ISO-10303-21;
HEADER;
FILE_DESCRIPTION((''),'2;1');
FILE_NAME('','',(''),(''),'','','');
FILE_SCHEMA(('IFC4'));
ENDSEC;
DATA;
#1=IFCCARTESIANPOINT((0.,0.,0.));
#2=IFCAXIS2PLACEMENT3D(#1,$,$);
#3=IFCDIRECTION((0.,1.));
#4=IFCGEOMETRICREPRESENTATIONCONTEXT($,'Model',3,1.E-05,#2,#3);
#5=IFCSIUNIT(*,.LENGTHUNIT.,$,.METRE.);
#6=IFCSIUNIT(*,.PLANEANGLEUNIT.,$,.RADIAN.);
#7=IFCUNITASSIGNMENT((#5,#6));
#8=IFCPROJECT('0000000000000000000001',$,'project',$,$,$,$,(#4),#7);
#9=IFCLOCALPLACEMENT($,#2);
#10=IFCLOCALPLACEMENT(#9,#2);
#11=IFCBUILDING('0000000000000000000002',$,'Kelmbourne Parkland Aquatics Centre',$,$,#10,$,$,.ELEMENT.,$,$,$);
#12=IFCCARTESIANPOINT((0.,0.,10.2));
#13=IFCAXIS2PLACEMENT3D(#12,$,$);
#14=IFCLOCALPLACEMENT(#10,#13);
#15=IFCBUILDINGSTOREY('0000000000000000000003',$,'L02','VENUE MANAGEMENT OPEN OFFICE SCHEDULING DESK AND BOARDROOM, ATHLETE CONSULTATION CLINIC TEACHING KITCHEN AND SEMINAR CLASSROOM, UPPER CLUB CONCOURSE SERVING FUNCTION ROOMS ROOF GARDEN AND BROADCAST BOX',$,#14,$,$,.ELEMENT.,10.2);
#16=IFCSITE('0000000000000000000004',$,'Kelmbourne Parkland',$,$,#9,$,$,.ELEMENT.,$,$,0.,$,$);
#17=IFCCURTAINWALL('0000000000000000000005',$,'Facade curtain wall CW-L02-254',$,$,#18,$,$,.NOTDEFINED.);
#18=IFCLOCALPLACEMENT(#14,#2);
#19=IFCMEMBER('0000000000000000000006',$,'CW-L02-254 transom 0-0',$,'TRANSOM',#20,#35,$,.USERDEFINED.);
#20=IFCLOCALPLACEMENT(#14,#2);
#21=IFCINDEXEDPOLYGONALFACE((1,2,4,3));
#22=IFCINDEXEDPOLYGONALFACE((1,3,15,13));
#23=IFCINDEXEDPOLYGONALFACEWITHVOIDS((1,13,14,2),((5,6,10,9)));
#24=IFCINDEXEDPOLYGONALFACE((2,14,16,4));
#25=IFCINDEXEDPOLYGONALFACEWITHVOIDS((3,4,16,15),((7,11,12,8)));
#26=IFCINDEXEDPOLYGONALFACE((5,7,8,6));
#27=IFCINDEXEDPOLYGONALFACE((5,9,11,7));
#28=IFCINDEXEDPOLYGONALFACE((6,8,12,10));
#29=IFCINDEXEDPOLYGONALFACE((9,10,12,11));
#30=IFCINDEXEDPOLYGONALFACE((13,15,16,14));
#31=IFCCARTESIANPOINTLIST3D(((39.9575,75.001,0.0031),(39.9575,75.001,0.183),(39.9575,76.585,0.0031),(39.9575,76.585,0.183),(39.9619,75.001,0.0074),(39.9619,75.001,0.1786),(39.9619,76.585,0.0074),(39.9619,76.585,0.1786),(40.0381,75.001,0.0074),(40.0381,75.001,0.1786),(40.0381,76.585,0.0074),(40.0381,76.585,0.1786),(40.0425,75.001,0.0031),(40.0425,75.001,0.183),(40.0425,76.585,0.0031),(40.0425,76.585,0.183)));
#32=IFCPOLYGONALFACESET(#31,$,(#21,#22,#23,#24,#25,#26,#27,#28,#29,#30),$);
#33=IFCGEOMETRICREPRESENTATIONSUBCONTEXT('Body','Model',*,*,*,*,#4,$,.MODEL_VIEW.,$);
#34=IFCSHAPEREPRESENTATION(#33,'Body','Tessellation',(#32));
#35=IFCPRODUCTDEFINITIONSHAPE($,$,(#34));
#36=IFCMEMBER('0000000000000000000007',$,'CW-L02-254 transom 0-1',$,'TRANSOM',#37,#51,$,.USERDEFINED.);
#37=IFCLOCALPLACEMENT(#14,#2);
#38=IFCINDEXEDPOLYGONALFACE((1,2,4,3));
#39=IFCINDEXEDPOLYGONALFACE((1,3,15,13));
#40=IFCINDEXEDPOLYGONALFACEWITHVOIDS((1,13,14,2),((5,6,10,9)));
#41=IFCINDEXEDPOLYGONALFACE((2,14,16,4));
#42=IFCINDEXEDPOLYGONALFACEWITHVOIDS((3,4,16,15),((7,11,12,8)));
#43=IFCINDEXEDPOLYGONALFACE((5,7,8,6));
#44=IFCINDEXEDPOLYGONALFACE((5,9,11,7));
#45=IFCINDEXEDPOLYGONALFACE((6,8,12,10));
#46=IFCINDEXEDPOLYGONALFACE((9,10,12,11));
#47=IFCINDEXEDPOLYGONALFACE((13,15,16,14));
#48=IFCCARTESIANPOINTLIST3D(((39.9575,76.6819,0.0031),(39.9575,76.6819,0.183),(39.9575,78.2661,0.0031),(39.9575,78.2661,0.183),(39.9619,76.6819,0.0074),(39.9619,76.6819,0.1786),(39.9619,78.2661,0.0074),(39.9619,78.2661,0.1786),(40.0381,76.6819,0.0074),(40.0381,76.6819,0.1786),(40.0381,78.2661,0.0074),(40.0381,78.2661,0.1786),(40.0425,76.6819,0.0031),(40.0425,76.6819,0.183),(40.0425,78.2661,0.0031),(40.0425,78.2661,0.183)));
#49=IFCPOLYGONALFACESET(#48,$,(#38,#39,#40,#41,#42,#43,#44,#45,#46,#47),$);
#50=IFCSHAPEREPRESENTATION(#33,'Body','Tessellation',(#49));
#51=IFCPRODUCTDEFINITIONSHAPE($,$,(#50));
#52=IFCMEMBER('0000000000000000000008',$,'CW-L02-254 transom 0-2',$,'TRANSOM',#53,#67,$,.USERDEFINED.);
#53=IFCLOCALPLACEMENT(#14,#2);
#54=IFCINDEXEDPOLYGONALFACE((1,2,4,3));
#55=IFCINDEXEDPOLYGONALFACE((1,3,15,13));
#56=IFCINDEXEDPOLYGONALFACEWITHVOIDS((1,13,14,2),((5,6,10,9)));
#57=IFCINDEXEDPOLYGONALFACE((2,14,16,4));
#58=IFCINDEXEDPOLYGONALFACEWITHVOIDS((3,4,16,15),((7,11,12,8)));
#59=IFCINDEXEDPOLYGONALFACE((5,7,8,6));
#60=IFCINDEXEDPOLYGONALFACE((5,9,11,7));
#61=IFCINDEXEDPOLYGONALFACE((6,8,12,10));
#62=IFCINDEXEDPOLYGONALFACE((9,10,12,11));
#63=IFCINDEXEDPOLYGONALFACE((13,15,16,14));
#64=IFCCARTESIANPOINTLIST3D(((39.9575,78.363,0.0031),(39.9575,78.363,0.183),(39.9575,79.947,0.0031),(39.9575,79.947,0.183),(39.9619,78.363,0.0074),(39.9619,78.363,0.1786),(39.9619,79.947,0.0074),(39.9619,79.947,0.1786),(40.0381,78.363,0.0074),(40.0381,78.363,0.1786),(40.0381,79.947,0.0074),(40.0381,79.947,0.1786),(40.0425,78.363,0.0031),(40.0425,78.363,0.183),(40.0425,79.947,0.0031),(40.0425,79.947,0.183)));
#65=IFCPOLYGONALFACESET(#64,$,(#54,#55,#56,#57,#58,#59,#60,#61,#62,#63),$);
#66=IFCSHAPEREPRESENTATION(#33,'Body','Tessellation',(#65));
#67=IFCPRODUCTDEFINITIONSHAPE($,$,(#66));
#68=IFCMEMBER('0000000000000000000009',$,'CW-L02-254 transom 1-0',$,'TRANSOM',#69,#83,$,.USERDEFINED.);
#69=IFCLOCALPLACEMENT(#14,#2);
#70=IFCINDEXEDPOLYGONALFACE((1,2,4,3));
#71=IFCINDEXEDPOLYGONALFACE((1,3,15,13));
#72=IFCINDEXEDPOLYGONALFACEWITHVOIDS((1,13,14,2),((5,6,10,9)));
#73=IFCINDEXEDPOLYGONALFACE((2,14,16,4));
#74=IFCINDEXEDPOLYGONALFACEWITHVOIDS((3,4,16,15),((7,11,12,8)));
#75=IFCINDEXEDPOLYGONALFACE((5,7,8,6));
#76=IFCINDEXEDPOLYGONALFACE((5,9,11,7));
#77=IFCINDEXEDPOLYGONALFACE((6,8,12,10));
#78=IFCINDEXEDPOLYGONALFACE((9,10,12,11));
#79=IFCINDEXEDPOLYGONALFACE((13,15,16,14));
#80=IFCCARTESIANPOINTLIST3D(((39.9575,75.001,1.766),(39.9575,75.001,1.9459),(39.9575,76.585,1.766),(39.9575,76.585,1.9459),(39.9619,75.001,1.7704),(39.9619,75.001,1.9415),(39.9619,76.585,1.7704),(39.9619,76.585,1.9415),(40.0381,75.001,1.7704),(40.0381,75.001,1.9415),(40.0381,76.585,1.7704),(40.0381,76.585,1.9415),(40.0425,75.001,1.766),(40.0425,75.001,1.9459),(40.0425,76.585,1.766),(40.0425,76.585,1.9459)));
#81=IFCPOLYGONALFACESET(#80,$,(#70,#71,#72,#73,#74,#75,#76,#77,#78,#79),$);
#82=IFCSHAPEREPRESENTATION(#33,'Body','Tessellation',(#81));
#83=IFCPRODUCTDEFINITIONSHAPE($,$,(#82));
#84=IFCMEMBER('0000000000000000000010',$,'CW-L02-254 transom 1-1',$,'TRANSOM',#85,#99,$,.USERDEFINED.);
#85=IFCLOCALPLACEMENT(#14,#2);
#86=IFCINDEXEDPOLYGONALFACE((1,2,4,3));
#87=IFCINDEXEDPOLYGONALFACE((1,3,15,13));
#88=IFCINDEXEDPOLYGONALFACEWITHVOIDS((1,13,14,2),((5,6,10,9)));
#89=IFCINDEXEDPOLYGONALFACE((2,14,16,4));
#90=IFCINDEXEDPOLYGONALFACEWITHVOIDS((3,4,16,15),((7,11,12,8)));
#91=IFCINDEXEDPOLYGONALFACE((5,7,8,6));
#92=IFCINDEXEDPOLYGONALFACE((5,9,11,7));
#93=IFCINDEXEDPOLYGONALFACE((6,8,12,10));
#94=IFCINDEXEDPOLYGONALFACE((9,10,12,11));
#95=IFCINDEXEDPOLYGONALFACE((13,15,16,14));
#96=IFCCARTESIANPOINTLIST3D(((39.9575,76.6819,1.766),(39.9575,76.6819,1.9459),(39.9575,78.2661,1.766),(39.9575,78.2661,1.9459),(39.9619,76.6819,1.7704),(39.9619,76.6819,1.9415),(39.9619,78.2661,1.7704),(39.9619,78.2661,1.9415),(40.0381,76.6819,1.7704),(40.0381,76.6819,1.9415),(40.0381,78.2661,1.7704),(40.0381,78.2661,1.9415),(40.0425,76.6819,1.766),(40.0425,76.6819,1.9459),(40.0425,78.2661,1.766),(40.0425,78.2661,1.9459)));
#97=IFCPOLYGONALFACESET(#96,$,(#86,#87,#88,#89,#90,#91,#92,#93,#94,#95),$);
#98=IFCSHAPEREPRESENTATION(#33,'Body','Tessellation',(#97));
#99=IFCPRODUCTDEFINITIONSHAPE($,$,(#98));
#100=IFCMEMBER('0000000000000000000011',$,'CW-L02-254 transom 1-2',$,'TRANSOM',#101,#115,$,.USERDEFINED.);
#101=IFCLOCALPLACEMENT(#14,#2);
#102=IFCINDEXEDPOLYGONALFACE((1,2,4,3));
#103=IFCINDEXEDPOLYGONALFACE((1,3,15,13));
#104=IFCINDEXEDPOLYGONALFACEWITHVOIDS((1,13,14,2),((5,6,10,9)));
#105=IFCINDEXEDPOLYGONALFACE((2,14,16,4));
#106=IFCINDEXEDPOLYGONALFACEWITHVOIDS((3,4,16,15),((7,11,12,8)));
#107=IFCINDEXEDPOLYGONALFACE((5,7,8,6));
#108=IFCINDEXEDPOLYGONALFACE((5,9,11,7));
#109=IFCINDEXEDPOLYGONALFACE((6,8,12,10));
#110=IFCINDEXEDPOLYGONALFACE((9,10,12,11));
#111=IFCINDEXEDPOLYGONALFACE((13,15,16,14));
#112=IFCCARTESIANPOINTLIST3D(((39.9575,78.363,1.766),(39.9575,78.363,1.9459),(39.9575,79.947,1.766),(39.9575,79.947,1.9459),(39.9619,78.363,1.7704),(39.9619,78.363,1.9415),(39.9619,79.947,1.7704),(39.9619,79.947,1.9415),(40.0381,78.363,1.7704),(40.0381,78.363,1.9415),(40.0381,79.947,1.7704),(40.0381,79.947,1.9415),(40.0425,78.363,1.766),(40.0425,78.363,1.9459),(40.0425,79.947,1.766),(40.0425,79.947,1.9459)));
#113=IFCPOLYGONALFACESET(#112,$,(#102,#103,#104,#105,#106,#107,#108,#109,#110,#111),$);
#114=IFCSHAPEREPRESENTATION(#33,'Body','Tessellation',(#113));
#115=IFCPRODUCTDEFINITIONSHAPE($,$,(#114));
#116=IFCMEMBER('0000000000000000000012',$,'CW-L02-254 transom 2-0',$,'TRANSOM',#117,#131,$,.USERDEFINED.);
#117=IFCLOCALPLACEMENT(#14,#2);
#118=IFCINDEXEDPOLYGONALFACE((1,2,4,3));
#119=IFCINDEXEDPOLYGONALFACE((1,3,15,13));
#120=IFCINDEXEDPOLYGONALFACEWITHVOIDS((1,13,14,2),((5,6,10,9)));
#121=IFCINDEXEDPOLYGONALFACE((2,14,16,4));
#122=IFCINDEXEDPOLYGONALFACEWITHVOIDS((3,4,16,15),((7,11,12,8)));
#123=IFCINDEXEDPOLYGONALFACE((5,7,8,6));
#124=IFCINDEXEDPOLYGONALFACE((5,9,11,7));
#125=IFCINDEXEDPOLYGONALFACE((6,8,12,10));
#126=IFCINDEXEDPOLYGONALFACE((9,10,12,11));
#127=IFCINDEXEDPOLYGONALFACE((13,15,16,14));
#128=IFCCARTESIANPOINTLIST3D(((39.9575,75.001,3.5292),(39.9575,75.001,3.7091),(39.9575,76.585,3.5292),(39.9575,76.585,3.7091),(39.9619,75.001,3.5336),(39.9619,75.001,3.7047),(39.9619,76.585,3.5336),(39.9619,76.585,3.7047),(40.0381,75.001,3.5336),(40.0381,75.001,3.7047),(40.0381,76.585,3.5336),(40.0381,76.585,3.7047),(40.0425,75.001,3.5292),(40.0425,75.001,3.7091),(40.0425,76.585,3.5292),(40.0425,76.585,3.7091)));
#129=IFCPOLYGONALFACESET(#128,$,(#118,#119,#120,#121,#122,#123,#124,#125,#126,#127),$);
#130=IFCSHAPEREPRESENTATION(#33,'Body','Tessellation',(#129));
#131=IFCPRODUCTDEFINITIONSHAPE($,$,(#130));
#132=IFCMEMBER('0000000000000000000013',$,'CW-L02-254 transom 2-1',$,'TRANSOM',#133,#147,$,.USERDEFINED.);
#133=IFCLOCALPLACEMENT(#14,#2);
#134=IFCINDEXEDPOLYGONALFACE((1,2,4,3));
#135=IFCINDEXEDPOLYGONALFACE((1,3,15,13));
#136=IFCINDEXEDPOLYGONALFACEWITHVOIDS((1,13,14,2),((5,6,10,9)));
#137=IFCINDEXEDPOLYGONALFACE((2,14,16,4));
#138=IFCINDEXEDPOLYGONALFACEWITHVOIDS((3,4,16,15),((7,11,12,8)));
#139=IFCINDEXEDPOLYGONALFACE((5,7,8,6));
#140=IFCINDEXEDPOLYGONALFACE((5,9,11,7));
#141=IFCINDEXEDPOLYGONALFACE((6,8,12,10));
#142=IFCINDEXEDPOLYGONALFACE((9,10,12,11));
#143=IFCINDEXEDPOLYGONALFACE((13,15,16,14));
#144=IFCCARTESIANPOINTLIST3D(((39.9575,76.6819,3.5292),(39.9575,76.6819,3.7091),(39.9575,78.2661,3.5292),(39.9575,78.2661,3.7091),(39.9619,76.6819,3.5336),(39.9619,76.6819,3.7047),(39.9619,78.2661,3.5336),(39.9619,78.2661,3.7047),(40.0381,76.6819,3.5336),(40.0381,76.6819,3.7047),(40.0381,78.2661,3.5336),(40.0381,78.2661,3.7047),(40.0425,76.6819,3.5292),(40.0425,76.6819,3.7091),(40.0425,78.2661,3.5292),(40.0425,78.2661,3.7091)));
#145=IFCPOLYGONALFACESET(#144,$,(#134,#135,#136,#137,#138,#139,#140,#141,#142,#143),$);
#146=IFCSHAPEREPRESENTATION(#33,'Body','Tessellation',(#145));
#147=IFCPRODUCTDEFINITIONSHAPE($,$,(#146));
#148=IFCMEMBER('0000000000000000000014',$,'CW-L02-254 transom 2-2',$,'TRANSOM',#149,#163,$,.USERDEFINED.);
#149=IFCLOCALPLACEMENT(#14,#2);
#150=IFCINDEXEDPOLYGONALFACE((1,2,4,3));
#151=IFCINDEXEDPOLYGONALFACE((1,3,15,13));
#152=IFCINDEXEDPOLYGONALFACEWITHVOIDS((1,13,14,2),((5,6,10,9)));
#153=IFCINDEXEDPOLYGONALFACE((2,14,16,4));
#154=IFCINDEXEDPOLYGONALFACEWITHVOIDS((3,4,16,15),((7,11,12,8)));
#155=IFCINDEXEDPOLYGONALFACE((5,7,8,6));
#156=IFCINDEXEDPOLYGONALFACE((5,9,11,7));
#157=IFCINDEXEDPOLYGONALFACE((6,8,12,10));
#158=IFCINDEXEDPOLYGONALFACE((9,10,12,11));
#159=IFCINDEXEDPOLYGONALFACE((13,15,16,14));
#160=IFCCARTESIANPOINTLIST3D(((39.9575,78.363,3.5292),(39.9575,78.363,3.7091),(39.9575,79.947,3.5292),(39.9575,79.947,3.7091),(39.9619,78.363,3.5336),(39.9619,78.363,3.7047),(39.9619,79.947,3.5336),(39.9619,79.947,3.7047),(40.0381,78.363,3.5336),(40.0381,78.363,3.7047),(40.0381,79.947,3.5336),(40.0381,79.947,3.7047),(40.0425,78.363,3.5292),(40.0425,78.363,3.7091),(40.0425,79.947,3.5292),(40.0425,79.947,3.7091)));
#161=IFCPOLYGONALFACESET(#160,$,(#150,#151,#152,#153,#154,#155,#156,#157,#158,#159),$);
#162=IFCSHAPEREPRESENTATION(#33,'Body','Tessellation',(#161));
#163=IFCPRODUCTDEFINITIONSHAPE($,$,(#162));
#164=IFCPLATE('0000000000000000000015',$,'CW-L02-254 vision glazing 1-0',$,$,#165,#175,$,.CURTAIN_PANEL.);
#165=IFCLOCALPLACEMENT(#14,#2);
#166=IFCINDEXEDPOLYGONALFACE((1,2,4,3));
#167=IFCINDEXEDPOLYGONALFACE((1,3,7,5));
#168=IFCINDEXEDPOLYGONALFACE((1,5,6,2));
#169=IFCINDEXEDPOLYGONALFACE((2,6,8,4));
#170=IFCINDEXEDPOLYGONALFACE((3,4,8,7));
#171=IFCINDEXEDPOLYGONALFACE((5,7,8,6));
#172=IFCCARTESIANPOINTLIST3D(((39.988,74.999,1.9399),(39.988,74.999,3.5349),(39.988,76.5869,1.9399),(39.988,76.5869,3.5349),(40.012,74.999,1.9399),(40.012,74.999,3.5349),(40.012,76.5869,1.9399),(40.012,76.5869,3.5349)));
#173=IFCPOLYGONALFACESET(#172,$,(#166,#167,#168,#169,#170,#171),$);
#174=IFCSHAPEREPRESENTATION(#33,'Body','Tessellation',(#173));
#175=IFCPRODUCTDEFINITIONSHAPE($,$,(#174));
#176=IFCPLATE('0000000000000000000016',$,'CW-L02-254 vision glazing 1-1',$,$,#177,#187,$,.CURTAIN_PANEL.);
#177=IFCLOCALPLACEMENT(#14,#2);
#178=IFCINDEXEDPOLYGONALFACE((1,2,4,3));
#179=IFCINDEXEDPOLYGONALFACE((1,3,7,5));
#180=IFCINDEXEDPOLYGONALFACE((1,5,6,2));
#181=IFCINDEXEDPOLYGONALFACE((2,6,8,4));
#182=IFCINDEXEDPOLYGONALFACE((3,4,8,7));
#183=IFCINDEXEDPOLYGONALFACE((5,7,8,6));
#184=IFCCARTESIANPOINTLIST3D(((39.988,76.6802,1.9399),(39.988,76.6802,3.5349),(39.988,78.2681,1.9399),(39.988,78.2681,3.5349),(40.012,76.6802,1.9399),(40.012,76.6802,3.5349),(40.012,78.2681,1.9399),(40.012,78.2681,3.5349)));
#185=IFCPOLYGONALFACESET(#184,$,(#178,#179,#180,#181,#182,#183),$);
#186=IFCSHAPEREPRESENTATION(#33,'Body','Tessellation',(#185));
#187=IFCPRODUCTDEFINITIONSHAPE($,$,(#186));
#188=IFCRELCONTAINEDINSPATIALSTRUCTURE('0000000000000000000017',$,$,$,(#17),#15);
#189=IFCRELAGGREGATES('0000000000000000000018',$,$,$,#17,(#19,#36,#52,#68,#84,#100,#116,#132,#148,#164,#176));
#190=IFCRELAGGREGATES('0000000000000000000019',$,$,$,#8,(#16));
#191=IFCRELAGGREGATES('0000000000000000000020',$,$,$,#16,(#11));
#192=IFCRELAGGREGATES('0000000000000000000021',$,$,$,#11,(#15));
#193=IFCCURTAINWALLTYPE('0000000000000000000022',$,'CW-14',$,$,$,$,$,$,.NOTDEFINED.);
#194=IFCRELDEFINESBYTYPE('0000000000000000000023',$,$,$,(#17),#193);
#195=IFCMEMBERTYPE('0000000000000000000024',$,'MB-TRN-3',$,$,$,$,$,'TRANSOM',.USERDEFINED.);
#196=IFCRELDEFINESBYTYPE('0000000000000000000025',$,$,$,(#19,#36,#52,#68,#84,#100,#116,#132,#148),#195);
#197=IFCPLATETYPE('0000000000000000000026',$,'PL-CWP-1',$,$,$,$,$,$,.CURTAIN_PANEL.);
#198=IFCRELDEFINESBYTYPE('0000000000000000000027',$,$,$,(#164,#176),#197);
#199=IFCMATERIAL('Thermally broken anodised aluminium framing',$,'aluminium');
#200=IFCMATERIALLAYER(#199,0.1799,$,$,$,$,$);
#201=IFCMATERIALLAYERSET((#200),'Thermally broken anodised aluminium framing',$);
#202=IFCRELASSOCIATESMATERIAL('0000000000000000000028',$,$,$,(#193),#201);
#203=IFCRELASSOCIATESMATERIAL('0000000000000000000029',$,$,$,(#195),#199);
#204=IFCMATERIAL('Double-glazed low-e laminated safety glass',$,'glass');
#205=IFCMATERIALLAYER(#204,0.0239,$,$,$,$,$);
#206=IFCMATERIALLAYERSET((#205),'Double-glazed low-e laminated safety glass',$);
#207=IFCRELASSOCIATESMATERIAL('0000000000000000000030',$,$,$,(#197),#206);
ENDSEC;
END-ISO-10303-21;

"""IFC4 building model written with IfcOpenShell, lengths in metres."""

from ifc_helpers import new_model, si_unit, direction, frame, origin, origin_2d, place, context, subcontext, project, spatial, rectangle, hollow_rectangle, extrude, material, layer, layer_set, material_profile, profile_set, type_object, element, aggregate, save


model = new_model("IFC4")

# Units and contexts
model_context = context("Model", 3, precision=1e-05, world=origin(), true_north=direction((0.0, 1.0)))
body_context = subcontext(model_context, "Body", "Model", "MODEL_VIEW")
ifc_project = project(units=[si_unit("LENGTHUNIT", "METRE"), si_unit("PLANEANGLEUNIT", "RADIAN")], contexts=[model_context])

# Site, building, storey
site_placement = place(None, origin())
site = spatial("IfcSite", under=ifc_project, at=site_placement, Name="Kelmbourne Parkland", CompositionType="ELEMENT", RefElevation=0.0)
building_placement = place(site_placement, origin())
building = spatial("IfcBuilding", under=site, at=building_placement, Name="Kelmbourne Parkland Aquatics Centre", CompositionType="ELEMENT")
storey_placement = place(building_placement, frame((0.0, 0.0, 10.2)))
storey = spatial("IfcBuildingStorey", under=building, at=storey_placement, Name="L02", Description="VENUE MANAGEMENT OPEN OFFICE SCHEDULING DESK AND BOARDROOM, ATHLETE CONSULTATION CLINIC TEACHING KITCHEN AND SEMINAR CLASSROOM, UPPER CLUB CONCOURSE SERVING FUNCTION ROOMS ROOF GARDEN AND BROADCAST BOX", CompositionType="ELEMENT", Elevation=10.2)

# Curtain wall
ifc_material_1 = material(Name="Thermally broken anodised aluminium framing", Category="aluminium")
ifc_layer_1 = layer(ifc_material_1, 0.1799)
ifc_layer_set_1 = layer_set([ifc_layer_1], Name="Thermally broken anodised aluminium framing")
curtain_wall_type_1 = type_object("IfcCurtainWallType", Name="CW-14", PredefinedType="NOTDEFINED", material=ifc_layer_set_1)
curtain_wall_1_placement = place(storey_placement, origin())
curtain_wall_1 = element("IfcCurtainWall", 1, at=curtain_wall_1_placement, inside=storey, type_object=curtain_wall_type_1, Name="Facade curtain wall CW-L02-254", PredefinedType="NOTDEFINED")

# Members
ifc_material_profile_1 = material_profile(ifc_material_1, hollow_rectangle(XDim=0.085, YDim=0.1799, WallThickness=0.0044, at=origin_2d()), Name="CW-T 85x180")
ifc_profile_set_1 = profile_set([ifc_material_profile_1], Name="Thermally broken anodised aluminium framing")
member_type_1 = type_object("IfcMemberType", Name="MB-TRN-3", ElementType="TRANSOM", PredefinedType="USERDEFINED", material=ifc_profile_set_1)
member_1_placement = place(storey_placement, frame((40.0, 75.001, 0.093), z_axis=(0.0, 1.0, 0.0), x_axis=(-1.0, 0.0, 0.0)))
member_1 = element("IfcMember", 2, at=member_1_placement, type_object=member_type_1, Name="CW-L02-254 transom 0-0", ObjectType="TRANSOM", PredefinedType="USERDEFINED", context=body_context, shape_type="SweptSolid", body=[
    extrude(hollow_rectangle(XDim=0.085, YDim=0.1799, WallThickness=0.0044, at=origin_2d()), origin(), (0.0, 0.0, 1.0), 1.584),
])
member_2_placement = place(storey_placement, frame((40.0, 76.6819, 0.093), z_axis=(0.0, 1.0, 0.0), x_axis=(-1.0, 0.0, 0.0)))
member_2 = element("IfcMember", 3, at=member_2_placement, type_object=member_type_1, Name="CW-L02-254 transom 0-1", ObjectType="TRANSOM", PredefinedType="USERDEFINED", context=body_context, shape_type="SweptSolid", body=[
    extrude(hollow_rectangle(XDim=0.085, YDim=0.1799, WallThickness=0.0044, at=origin_2d()), origin(), (0.0, 0.0, 1.0), 1.5842),
])
member_3_placement = place(storey_placement, frame((40.0, 78.363, 0.093), z_axis=(0.0, 1.0, 0.0), x_axis=(-1.0, 0.0, 0.0)))
member_3 = element("IfcMember", 4, at=member_3_placement, type_object=member_type_1, Name="CW-L02-254 transom 0-2", ObjectType="TRANSOM", PredefinedType="USERDEFINED", context=body_context, shape_type="SweptSolid", body=[
    extrude(hollow_rectangle(XDim=0.085, YDim=0.1799, WallThickness=0.0044, at=origin_2d()), origin(), (0.0, 0.0, 1.0), 1.584),
])
member_4_placement = place(storey_placement, frame((40.0, 75.001, 1.856), z_axis=(0.0, 1.0, 0.0), x_axis=(-1.0, 0.0, 0.0)))
member_4 = element("IfcMember", 5, at=member_4_placement, type_object=member_type_1, Name="CW-L02-254 transom 1-0", ObjectType="TRANSOM", PredefinedType="USERDEFINED", context=body_context, shape_type="SweptSolid", body=[
    extrude(hollow_rectangle(XDim=0.085, YDim=0.1799, WallThickness=0.0044, at=origin_2d()), origin(), (0.0, 0.0, 1.0), 1.584),
])
member_5_placement = place(storey_placement, frame((40.0, 76.6819, 1.856), z_axis=(0.0, 1.0, 0.0), x_axis=(-1.0, 0.0, 0.0)))
member_5 = element("IfcMember", 6, at=member_5_placement, type_object=member_type_1, Name="CW-L02-254 transom 1-1", ObjectType="TRANSOM", PredefinedType="USERDEFINED", context=body_context, shape_type="SweptSolid", body=[
    extrude(hollow_rectangle(XDim=0.085, YDim=0.1799, WallThickness=0.0044, at=origin_2d()), origin(), (0.0, 0.0, 1.0), 1.5842),
])
member_6_placement = place(storey_placement, frame((40.0, 78.363, 1.856), z_axis=(0.0, 1.0, 0.0), x_axis=(-1.0, 0.0, 0.0)))
member_6 = element("IfcMember", 7, at=member_6_placement, type_object=member_type_1, Name="CW-L02-254 transom 1-2", ObjectType="TRANSOM", PredefinedType="USERDEFINED", context=body_context, shape_type="SweptSolid", body=[
    extrude(hollow_rectangle(XDim=0.085, YDim=0.1799, WallThickness=0.0044, at=origin_2d()), origin(), (0.0, 0.0, 1.0), 1.584),
])
member_7_placement = place(storey_placement, frame((40.0, 75.001, 3.6191), z_axis=(0.0, 1.0, 0.0), x_axis=(-1.0, 0.0, 0.0)))
member_7 = element("IfcMember", 8, at=member_7_placement, type_object=member_type_1, Name="CW-L02-254 transom 2-0", ObjectType="TRANSOM", PredefinedType="USERDEFINED", context=body_context, shape_type="SweptSolid", body=[
    extrude(hollow_rectangle(XDim=0.085, YDim=0.1799, WallThickness=0.0044, at=origin_2d()), origin(), (0.0, 0.0, 1.0), 1.584),
])
member_8_placement = place(storey_placement, frame((40.0, 76.6819, 3.6191), z_axis=(0.0, 1.0, 0.0), x_axis=(-1.0, 0.0, 0.0)))
member_8 = element("IfcMember", 9, at=member_8_placement, type_object=member_type_1, Name="CW-L02-254 transom 2-1", ObjectType="TRANSOM", PredefinedType="USERDEFINED", context=body_context, shape_type="SweptSolid", body=[
    extrude(hollow_rectangle(XDim=0.085, YDim=0.1799, WallThickness=0.0044, at=origin_2d()), origin(), (0.0, 0.0, 1.0), 1.5842),
])
member_9_placement = place(storey_placement, frame((40.0, 78.363, 3.6191), z_axis=(0.0, 1.0, 0.0), x_axis=(-1.0, 0.0, 0.0)))
member_9 = element("IfcMember", 10, at=member_9_placement, type_object=member_type_1, Name="CW-L02-254 transom 2-2", ObjectType="TRANSOM", PredefinedType="USERDEFINED", context=body_context, shape_type="SweptSolid", body=[
    extrude(hollow_rectangle(XDim=0.085, YDim=0.1799, WallThickness=0.0044, at=origin_2d()), origin(), (0.0, 0.0, 1.0), 1.584),
])

# Plates
ifc_material_2 = material(Name="Double-glazed low-e laminated safety glass", Category="glass")
ifc_layer_2 = layer(ifc_material_2, 0.0239)
ifc_layer_set_2 = layer_set([ifc_layer_2], Name="Double-glazed low-e laminated safety glass")
plate_type_1 = type_object("IfcPlateType", Name="PL-CWP-1", PredefinedType="CURTAIN_PANEL", material=ifc_layer_set_2)
plate_1_placement = place(storey_placement, frame((40.0, 75.793, 1.9399), z_axis=(0.0, 0.0, 1.0), x_axis=(0.0, 1.0, 0.0)))
plate_1 = element("IfcPlate", 11, at=plate_1_placement, type_object=plate_type_1, Name="CW-L02-254 vision glazing 1-0", PredefinedType="CURTAIN_PANEL", context=body_context, shape_type="SweptSolid", body=[
    extrude(rectangle(XDim=1.5879, YDim=0.0239, at=origin_2d()), origin(), (0.0, 0.0, 1.0), 1.595),
])
plate_2_placement = place(storey_placement, frame((40.0, 77.4741, 1.9399), z_axis=(0.0, 0.0, 1.0), x_axis=(0.0, 1.0, 0.0)))
plate_2 = element("IfcPlate", 12, at=plate_2_placement, type_object=plate_type_1, Name="CW-L02-254 vision glazing 1-1", PredefinedType="CURTAIN_PANEL", context=body_context, shape_type="SweptSolid", body=[
    extrude(rectangle(XDim=1.5879, YDim=0.0239, at=origin_2d()), origin(), (0.0, 0.0, 1.0), 1.595),
])
aggregate(curtain_wall_1, [member_1, member_2, member_3, member_4, member_5, member_6, member_7, member_8, member_9, plate_1, plate_2])

save(model, "model.ifc")
